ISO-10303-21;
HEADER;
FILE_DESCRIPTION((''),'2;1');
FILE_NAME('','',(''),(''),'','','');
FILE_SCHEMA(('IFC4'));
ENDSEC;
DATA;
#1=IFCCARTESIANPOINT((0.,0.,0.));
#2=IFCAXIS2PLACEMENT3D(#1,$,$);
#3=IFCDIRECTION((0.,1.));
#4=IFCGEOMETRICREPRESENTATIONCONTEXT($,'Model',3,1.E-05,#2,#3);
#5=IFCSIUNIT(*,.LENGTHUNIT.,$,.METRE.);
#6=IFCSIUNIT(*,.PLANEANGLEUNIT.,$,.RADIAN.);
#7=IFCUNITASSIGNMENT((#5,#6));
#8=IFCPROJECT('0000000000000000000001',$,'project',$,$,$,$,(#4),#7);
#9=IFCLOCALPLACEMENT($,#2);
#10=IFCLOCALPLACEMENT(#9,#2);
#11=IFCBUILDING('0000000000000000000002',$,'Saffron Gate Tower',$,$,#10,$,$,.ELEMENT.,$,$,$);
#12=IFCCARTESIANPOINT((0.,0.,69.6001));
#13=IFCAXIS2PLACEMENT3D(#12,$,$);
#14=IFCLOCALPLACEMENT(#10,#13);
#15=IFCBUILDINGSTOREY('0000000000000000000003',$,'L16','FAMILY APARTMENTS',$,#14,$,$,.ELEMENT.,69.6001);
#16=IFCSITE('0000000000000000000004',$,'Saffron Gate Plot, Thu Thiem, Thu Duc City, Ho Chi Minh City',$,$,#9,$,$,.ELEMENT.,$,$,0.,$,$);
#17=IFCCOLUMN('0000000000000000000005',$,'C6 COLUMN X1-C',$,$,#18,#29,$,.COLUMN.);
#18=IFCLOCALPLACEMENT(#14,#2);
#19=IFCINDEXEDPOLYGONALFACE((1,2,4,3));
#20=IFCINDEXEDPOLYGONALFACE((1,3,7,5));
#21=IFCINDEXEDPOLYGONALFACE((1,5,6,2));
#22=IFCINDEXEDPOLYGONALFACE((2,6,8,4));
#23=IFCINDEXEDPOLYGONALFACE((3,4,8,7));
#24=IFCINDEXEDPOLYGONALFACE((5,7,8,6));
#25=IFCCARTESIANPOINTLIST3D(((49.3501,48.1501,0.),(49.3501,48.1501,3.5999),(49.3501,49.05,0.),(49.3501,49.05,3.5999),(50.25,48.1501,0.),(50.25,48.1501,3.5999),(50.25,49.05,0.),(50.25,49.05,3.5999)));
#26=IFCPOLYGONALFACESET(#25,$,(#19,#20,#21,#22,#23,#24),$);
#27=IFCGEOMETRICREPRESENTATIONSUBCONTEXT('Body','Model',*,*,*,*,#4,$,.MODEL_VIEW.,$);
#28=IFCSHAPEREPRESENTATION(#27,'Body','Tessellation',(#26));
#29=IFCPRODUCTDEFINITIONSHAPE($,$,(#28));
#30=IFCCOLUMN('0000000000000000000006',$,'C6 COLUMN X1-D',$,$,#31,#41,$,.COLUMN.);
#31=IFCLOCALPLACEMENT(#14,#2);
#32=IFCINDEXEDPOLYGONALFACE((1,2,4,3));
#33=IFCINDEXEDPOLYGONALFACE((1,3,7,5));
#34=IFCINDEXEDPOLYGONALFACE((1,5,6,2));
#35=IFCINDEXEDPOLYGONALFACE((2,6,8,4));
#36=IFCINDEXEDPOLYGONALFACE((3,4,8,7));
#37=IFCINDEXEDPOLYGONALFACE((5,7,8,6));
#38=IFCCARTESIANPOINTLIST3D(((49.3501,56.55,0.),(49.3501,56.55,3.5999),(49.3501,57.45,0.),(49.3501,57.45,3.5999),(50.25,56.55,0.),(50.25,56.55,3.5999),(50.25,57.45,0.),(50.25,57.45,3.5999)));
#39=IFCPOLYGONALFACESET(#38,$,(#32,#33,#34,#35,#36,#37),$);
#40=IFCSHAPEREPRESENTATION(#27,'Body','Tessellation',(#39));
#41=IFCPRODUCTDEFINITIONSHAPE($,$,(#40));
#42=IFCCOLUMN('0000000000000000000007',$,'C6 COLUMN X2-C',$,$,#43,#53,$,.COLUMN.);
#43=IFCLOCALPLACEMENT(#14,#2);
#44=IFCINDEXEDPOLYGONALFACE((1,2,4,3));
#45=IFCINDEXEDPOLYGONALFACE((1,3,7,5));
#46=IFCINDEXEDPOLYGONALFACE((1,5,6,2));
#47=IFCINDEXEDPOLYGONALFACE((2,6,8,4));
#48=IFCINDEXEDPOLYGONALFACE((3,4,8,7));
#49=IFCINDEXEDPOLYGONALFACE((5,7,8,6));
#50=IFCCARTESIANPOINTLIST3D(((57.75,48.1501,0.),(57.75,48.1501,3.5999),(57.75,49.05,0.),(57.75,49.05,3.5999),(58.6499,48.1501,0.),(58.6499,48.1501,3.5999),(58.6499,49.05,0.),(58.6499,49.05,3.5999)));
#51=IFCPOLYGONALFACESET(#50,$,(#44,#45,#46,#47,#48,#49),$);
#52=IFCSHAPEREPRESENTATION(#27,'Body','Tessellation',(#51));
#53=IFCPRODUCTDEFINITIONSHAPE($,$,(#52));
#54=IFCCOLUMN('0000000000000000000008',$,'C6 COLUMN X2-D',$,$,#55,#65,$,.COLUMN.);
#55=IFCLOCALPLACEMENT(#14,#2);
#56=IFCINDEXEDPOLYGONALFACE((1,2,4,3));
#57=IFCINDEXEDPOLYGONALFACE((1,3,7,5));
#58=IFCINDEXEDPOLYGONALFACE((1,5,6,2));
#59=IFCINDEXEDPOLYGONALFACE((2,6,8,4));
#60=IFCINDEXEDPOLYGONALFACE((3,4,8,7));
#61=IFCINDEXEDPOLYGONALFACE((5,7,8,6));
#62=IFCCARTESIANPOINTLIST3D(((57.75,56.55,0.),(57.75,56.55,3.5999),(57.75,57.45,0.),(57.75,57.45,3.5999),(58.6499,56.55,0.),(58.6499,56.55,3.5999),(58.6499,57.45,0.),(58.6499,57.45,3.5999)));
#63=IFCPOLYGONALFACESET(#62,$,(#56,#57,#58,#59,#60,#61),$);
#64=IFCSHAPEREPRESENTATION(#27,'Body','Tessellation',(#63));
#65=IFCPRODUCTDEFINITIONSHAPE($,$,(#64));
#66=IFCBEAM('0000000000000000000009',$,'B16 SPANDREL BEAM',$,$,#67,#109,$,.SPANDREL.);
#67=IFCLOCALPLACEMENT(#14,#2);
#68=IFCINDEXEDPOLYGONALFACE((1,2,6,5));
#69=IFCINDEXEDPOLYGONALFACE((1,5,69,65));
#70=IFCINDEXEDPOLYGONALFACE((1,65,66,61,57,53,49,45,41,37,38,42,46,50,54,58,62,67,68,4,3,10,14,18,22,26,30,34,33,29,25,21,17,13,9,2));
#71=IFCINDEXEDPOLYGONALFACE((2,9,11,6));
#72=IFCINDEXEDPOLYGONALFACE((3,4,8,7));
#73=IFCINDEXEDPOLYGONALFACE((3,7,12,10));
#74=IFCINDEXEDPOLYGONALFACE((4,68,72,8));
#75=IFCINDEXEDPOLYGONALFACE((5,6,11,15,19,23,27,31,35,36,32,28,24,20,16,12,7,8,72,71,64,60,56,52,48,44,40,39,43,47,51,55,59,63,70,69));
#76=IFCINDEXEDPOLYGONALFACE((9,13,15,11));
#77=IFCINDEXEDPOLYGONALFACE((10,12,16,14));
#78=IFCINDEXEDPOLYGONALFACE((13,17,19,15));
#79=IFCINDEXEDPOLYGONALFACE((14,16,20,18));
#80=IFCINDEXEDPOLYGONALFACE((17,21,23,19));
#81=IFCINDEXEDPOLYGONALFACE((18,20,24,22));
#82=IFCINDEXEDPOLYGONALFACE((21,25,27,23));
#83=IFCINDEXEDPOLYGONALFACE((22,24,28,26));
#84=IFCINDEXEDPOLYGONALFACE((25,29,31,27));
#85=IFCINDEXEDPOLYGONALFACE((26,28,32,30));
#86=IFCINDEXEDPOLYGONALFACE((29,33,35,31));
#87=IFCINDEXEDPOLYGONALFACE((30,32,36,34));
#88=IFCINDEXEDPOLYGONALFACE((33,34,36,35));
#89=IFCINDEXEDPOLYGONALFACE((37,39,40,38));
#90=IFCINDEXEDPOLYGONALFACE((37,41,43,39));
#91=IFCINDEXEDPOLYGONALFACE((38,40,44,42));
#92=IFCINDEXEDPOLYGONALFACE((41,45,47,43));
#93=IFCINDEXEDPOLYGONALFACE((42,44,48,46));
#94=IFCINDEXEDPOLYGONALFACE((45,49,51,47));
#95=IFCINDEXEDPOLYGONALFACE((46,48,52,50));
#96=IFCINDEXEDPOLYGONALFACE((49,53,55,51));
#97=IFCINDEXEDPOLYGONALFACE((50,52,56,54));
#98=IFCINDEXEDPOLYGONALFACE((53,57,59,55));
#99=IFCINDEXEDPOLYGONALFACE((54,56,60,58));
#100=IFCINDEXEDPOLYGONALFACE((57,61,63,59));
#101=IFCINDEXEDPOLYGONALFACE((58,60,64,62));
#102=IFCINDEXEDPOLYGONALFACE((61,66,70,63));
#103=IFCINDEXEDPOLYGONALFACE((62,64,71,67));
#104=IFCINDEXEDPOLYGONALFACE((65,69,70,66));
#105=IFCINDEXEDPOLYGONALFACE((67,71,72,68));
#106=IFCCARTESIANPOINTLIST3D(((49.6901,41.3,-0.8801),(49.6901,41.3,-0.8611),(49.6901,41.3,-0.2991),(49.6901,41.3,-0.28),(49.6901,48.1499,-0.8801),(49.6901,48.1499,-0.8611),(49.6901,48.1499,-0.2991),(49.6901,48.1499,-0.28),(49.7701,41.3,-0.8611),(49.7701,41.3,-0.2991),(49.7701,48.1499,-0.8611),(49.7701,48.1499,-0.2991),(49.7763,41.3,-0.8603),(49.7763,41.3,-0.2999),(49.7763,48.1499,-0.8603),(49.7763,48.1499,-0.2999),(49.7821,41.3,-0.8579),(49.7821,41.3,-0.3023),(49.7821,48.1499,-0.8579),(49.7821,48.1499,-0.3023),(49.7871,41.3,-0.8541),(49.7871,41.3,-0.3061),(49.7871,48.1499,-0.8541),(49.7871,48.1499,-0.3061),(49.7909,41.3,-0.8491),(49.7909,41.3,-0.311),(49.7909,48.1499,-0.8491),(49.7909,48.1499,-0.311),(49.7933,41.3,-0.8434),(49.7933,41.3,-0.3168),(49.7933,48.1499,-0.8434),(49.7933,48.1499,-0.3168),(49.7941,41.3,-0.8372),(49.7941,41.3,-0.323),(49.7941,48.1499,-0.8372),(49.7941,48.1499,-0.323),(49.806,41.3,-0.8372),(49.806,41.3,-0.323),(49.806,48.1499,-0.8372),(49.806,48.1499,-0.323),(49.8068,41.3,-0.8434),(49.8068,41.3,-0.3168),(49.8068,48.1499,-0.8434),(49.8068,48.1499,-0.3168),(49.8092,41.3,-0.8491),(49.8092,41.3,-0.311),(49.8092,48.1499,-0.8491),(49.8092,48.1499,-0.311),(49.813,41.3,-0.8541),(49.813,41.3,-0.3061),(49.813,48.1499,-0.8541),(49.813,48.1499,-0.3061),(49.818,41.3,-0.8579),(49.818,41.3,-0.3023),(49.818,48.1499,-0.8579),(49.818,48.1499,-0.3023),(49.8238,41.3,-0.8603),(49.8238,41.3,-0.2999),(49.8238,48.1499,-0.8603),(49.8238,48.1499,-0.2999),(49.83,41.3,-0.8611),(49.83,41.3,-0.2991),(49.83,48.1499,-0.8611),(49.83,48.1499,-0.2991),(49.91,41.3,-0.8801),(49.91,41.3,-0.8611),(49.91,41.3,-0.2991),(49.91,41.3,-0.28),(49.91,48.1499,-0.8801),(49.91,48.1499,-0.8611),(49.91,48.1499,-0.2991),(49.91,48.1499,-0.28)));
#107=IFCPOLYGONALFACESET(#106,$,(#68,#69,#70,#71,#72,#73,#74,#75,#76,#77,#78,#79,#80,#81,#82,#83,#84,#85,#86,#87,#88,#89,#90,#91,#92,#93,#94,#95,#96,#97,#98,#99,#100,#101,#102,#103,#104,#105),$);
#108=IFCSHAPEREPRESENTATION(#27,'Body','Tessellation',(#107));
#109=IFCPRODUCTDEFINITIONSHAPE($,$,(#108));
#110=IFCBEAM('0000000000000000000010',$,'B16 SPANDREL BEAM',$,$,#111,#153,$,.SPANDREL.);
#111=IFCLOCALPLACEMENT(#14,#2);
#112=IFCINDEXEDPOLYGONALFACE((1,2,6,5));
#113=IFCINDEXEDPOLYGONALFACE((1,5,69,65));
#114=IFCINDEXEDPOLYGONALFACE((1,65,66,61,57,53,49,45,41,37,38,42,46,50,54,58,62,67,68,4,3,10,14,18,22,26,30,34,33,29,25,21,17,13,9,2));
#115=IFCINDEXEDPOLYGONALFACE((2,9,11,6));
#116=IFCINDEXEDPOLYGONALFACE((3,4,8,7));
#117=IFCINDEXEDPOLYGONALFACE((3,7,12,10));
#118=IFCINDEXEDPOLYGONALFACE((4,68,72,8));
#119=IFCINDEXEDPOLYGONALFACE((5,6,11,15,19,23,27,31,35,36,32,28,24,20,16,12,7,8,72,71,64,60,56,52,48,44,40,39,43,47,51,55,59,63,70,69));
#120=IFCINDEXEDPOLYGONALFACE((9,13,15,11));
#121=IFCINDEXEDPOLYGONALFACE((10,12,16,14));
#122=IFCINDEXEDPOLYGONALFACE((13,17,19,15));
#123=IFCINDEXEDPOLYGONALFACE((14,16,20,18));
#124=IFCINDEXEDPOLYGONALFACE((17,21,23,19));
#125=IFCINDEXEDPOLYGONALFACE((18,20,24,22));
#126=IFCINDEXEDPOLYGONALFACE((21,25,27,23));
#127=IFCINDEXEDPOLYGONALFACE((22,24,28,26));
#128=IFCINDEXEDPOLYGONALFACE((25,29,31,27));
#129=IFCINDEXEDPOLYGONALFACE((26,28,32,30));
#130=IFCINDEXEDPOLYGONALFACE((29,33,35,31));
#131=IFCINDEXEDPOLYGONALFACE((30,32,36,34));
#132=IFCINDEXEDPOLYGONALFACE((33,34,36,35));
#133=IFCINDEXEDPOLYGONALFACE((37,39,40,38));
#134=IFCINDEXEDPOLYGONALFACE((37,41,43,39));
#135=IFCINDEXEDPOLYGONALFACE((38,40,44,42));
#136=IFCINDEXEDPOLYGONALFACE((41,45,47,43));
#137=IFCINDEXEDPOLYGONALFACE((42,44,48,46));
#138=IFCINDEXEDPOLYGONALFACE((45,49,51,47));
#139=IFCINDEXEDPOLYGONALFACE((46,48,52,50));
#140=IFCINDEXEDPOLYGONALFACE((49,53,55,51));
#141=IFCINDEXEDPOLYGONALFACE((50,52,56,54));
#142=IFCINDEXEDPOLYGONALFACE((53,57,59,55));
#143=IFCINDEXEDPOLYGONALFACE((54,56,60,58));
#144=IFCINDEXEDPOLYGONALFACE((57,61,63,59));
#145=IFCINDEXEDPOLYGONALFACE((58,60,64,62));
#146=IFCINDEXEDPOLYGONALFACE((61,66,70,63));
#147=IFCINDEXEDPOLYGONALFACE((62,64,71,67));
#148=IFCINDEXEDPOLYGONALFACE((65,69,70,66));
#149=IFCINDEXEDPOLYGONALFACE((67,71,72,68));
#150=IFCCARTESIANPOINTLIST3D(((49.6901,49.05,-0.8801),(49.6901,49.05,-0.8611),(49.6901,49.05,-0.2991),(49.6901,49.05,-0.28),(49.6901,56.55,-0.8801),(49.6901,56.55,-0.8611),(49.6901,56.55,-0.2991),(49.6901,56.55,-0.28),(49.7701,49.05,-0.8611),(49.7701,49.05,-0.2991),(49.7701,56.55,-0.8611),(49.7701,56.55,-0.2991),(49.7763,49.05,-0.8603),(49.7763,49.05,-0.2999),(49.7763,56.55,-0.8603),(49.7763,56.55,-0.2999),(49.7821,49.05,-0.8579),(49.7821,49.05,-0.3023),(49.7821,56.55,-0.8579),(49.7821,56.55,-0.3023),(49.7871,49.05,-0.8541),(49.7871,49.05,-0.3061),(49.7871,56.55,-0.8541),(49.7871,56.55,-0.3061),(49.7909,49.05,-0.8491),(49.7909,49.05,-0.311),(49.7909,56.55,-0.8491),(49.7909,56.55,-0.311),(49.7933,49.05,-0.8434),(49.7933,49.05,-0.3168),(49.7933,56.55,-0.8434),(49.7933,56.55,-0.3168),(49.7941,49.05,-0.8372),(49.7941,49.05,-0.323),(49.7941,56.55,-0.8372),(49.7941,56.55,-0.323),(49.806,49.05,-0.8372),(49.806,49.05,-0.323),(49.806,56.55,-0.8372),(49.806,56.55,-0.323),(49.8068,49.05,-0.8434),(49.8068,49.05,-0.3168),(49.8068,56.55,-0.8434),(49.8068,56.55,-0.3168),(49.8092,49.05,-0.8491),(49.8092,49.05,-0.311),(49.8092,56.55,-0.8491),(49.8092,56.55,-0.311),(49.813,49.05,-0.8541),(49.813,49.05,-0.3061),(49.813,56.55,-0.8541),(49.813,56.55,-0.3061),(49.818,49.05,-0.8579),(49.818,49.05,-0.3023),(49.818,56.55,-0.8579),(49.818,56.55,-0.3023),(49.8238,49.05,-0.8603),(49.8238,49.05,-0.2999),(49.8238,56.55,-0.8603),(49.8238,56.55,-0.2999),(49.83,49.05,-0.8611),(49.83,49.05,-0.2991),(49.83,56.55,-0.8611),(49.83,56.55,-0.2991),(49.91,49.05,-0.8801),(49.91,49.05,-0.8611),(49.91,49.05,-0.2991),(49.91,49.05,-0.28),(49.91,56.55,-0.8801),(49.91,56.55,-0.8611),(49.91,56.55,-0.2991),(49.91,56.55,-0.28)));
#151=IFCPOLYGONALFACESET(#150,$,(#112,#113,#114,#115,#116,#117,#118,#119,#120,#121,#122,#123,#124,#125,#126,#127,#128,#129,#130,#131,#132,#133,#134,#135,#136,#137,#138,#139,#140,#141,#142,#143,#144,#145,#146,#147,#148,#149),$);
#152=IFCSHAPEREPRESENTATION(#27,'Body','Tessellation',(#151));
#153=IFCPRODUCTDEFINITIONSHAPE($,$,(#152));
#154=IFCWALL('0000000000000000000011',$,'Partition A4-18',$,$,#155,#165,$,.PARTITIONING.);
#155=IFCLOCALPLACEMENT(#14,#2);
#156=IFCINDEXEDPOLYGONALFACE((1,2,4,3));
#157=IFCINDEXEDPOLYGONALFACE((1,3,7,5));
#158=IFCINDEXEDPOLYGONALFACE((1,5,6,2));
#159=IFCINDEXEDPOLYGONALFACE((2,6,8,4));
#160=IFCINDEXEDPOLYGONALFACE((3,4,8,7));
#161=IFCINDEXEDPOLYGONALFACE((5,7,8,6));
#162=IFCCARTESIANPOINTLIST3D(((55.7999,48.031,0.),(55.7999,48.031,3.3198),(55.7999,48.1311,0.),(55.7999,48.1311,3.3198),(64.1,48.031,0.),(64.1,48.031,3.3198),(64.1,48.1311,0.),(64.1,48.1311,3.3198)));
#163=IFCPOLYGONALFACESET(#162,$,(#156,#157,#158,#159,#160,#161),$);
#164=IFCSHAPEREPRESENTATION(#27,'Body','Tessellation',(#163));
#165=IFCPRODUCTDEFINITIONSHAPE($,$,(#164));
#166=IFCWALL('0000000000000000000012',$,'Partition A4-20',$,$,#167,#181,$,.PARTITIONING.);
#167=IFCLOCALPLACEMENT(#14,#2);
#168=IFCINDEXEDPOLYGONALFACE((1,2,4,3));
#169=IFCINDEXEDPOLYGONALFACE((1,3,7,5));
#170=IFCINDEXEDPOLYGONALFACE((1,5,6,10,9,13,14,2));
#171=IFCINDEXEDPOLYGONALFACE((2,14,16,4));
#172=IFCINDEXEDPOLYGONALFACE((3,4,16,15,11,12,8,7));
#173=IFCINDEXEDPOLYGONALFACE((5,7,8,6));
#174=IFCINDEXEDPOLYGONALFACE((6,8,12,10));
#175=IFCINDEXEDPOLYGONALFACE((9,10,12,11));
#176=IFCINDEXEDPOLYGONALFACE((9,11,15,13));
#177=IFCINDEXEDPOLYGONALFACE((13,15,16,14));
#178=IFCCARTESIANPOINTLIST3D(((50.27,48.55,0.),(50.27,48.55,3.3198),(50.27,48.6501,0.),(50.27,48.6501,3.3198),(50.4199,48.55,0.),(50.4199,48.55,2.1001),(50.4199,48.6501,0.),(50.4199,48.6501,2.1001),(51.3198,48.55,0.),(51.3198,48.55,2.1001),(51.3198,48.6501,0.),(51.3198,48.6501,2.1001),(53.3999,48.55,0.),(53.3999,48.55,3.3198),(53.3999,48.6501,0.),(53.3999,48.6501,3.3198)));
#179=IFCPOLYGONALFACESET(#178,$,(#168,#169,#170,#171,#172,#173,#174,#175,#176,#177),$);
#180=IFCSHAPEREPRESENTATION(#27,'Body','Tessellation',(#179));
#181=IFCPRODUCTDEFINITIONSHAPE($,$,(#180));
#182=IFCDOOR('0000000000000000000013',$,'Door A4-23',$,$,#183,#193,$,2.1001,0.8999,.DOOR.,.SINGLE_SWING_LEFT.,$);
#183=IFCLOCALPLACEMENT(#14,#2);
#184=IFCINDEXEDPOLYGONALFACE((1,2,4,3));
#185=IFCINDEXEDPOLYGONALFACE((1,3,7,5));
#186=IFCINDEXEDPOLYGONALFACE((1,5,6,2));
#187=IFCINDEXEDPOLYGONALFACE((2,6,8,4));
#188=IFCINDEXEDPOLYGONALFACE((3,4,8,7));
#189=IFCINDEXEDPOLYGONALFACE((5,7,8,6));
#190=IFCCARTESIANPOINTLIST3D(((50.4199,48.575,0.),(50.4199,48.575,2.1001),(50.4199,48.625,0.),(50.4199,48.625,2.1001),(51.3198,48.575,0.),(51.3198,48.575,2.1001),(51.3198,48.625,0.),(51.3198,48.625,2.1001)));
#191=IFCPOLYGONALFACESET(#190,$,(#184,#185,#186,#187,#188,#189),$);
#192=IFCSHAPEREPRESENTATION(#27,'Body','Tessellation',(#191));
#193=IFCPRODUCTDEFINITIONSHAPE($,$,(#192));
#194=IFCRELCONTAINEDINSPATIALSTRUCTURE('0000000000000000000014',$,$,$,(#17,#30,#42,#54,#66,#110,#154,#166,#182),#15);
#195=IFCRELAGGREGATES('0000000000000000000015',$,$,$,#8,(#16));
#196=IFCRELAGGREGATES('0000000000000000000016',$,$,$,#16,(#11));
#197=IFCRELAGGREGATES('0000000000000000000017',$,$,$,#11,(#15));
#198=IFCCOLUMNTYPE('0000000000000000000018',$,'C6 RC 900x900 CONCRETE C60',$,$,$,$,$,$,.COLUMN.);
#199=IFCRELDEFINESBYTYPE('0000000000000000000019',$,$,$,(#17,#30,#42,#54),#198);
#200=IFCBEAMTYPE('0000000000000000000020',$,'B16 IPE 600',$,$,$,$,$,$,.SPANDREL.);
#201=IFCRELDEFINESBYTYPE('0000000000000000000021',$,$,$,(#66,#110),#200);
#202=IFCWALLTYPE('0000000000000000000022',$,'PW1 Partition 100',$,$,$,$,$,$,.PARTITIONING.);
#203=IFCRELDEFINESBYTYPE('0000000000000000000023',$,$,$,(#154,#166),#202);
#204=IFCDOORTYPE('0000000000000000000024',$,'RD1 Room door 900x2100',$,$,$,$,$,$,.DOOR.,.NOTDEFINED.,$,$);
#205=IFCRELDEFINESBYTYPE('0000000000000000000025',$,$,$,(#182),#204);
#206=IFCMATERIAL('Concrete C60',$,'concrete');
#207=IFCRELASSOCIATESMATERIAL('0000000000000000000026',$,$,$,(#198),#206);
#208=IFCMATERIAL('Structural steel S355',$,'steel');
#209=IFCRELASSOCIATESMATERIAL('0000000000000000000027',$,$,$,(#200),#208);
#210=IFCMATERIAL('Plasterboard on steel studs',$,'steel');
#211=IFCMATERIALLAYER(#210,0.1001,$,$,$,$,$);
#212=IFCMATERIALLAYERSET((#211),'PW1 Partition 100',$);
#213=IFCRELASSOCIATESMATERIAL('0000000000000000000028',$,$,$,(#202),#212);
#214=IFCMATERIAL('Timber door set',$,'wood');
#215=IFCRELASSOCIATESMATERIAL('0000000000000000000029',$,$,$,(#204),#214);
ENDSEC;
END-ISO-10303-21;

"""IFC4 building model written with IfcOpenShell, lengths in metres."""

from ifc_helpers import new_model, si_unit, direction, frame, frame_2d, origin, origin_2d, place, context, subcontext, project, spatial, rectangle, i_section, extrude, material, layer, layer_set, material_profile, profile_set, type_object, element, fill, save


model = new_model("IFC4")

# Units and contexts
model_context = context("Model", 3, precision=1e-05, world=origin(), true_north=direction((0.0, 1.0)))
body_context = subcontext(model_context, "Body", "Model", "MODEL_VIEW")
ifc_project = project(units=[si_unit("LENGTHUNIT", "METRE"), si_unit("PLANEANGLEUNIT", "RADIAN")], contexts=[model_context])

# Site, building, storey
site_placement = place(None, origin())
site = spatial("IfcSite", under=ifc_project, at=site_placement, Name="Saffron Gate Plot, Thu Thiem, Thu Duc City, Ho Chi Minh City", CompositionType="ELEMENT", RefElevation=0.0)
building_placement = place(site_placement, origin())
building = spatial("IfcBuilding", under=site, at=building_placement, Name="Saffron Gate Tower", CompositionType="ELEMENT")
storey_placement = place(building_placement, frame((0.0, 0.0, 69.6001)))
storey = spatial("IfcBuildingStorey", under=building, at=storey_placement, Name="L16", Description="FAMILY APARTMENTS", CompositionType="ELEMENT", Elevation=69.6001)

# Columns
ifc_material_1 = material(Name="Concrete C60", Category="concrete")
ifc_material_profile_1 = material_profile(ifc_material_1, rectangle(XDim=0.8999, YDim=0.8999, at=origin_2d()))
ifc_profile_set_1 = profile_set([ifc_material_profile_1], Name="Concrete C60")
column_type = type_object("IfcColumnType", Name="C6 RC 900x900 CONCRETE C60", PredefinedType="COLUMN", material=ifc_profile_set_1)
for number, where, z_axis, x_axis, name in (
    (1, (49.8, 48.6001, 0.0), (0.0, 0.0, 1.0), (1.0, 0.0, 0.0), "C6 COLUMN X1-C"),
    (2, (49.8, 57.0, 0.0), (0.0, 0.0, 1.0), (1.0, 0.0, 0.0), "C6 COLUMN X1-D"),
    (3, (58.2, 48.6001, 0.0), (0.0, 0.0, 1.0), (1.0, 0.0, 0.0), "C6 COLUMN X2-C"),
    (4, (58.2, 57.0, 0.0), (0.0, 0.0, 1.0), (1.0, 0.0, 0.0), "C6 COLUMN X2-D"),
):
    element("IfcColumn", number, at=place(storey_placement, frame(where, z_axis=z_axis, x_axis=x_axis)), inside=storey, type_object=column_type, Name=name, PredefinedType="COLUMN", context=body_context, shape_type="SweptSolid", body=[
        extrude(rectangle(XDim=0.8999, YDim=0.8999, at=origin_2d()), origin(), (0.0, 0.0, 1.0), 3.5999),
    ])

# Beams
ifc_material_2 = material(Name="Structural steel S355", Category="steel")
ifc_material_profile_2 = material_profile(ifc_material_2, i_section(OverallWidth=0.22, OverallDepth=0.6001, WebThickness=0.012, FlangeThickness=0.019, FilletRadius=0.0239, at=origin_2d()))
ifc_profile_set_2 = profile_set([ifc_material_profile_2], Name="Structural steel S355")
beam_type = type_object("IfcBeamType", Name="B16 IPE 600", PredefinedType="SPANDREL", material=ifc_profile_set_2)
beam_1_placement = place(storey_placement, frame((49.8, 41.3, -0.5801), z_axis=(0.0, 1.0, 0.0), x_axis=(-1.0, 0.0, 0.0)))
element("IfcBeam", 5, at=beam_1_placement, inside=storey, type_object=beam_type, Name="B16 SPANDREL BEAM", PredefinedType="SPANDREL", context=body_context, shape_type="SweptSolid", body=[
    extrude(i_section(OverallWidth=0.22, OverallDepth=0.6001, WebThickness=0.012, FlangeThickness=0.019, FilletRadius=0.0239, at=origin_2d()), origin(), (0.0, 0.0, 1.0), 6.8499),
])
beam_2_placement = place(storey_placement, frame((49.8, 49.05, -0.5801), z_axis=(0.0, 1.0, 0.0), x_axis=(-1.0, 0.0, 0.0)))
element("IfcBeam", 6, at=beam_2_placement, inside=storey, type_object=beam_type, Name="B16 SPANDREL BEAM", PredefinedType="SPANDREL", context=body_context, shape_type="SweptSolid", body=[
    extrude(i_section(OverallWidth=0.22, OverallDepth=0.6001, WebThickness=0.012, FlangeThickness=0.019, FilletRadius=0.0239, at=origin_2d()), origin(), (0.0, 0.0, 1.0), 7.5),
])

# Wall
ifc_material_3 = material(Name="Plasterboard on steel studs", Category="steel")
ifc_layer_1 = layer(ifc_material_3, 0.1001)
ifc_layer_set_1 = layer_set([ifc_layer_1], Name="PW1 Partition 100")
wall_type_1 = type_object("IfcWallType", Name="PW1 Partition 100", PredefinedType="PARTITIONING", material=ifc_layer_set_1)
wall_1_placement = place(storey_placement, frame((55.8, 48.0811, 0.0), z_axis=(0.0, 0.0, 1.0), x_axis=(1.0, 0.0, 0.0)))
element("IfcWall", 7, at=wall_1_placement, inside=storey, type_object=wall_type_1, Name="Partition A4-18", PredefinedType="PARTITIONING", context=body_context, shape_type="SweptSolid", body=[
    extrude(rectangle(XDim=8.3, YDim=0.1001, at=frame_2d((4.1499, 0.0))), origin(), (0.0, 0.0, 1.0), 3.3198),
])

# Wall, opening, door
wall_2_placement = place(storey_placement, frame((50.27, 48.6001, 0.0), z_axis=(0.0, 0.0, 1.0), x_axis=(1.0, 0.0, 0.0)))
wall_2 = element("IfcWall", 8, at=wall_2_placement, inside=storey, type_object=wall_type_1, Name="Partition A4-20", PredefinedType="PARTITIONING", context=body_context, shape_type="SweptSolid", body=[
    extrude(rectangle(XDim=3.1299, YDim=0.1001, at=frame_2d((1.5649, 0.0))), origin(), (0.0, 0.0, 1.0), 3.3198),
])
opening_1_placement = place(wall_2_placement, frame((0.1499, 0.0, 0.0)))
opening_1 = element("IfcOpeningElement", 9, at=opening_1_placement, cuts=wall_2, PredefinedType="OPENING", context=body_context, shape_type="SweptSolid", body=[
    extrude(rectangle(XDim=0.8999, YDim=2.1001, at=frame_2d((0.45, 1.05))), frame((0.0, 0.0601, 0.0), z_axis=(0.0, -1.0, 0.0), x_axis=(1.0, 0.0, 0.0)), (0.0, 0.0, 1.0), 0.1201),
])
ifc_material_4 = material(Name="Timber door set", Category="wood")
door_type_1 = type_object("IfcDoorType", Name="RD1 Room door 900x2100", OperationType="NOTDEFINED", PredefinedType="DOOR", material=ifc_material_4)
door_1_placement = place(opening_1_placement, origin())
door_1 = element("IfcDoor", 10, at=door_1_placement, inside=storey, type_object=door_type_1, Name="Door A4-23", OperationType="SINGLE_SWING_LEFT", OverallHeight=2.1001, OverallWidth=0.8999, PredefinedType="DOOR", context=body_context, shape_type="SweptSolid", body=[
    extrude(rectangle(XDim=0.8999, YDim=2.1001, at=frame_2d((0.45, 1.05))), frame((0.0, 0.0249, 0.0), z_axis=(0.0, -1.0, 0.0), x_axis=(1.0, 0.0, 0.0)), (0.0, 0.0, 1.0), 0.05),
])
fill(opening_1, door_1)

save(model, "model.ifc")
